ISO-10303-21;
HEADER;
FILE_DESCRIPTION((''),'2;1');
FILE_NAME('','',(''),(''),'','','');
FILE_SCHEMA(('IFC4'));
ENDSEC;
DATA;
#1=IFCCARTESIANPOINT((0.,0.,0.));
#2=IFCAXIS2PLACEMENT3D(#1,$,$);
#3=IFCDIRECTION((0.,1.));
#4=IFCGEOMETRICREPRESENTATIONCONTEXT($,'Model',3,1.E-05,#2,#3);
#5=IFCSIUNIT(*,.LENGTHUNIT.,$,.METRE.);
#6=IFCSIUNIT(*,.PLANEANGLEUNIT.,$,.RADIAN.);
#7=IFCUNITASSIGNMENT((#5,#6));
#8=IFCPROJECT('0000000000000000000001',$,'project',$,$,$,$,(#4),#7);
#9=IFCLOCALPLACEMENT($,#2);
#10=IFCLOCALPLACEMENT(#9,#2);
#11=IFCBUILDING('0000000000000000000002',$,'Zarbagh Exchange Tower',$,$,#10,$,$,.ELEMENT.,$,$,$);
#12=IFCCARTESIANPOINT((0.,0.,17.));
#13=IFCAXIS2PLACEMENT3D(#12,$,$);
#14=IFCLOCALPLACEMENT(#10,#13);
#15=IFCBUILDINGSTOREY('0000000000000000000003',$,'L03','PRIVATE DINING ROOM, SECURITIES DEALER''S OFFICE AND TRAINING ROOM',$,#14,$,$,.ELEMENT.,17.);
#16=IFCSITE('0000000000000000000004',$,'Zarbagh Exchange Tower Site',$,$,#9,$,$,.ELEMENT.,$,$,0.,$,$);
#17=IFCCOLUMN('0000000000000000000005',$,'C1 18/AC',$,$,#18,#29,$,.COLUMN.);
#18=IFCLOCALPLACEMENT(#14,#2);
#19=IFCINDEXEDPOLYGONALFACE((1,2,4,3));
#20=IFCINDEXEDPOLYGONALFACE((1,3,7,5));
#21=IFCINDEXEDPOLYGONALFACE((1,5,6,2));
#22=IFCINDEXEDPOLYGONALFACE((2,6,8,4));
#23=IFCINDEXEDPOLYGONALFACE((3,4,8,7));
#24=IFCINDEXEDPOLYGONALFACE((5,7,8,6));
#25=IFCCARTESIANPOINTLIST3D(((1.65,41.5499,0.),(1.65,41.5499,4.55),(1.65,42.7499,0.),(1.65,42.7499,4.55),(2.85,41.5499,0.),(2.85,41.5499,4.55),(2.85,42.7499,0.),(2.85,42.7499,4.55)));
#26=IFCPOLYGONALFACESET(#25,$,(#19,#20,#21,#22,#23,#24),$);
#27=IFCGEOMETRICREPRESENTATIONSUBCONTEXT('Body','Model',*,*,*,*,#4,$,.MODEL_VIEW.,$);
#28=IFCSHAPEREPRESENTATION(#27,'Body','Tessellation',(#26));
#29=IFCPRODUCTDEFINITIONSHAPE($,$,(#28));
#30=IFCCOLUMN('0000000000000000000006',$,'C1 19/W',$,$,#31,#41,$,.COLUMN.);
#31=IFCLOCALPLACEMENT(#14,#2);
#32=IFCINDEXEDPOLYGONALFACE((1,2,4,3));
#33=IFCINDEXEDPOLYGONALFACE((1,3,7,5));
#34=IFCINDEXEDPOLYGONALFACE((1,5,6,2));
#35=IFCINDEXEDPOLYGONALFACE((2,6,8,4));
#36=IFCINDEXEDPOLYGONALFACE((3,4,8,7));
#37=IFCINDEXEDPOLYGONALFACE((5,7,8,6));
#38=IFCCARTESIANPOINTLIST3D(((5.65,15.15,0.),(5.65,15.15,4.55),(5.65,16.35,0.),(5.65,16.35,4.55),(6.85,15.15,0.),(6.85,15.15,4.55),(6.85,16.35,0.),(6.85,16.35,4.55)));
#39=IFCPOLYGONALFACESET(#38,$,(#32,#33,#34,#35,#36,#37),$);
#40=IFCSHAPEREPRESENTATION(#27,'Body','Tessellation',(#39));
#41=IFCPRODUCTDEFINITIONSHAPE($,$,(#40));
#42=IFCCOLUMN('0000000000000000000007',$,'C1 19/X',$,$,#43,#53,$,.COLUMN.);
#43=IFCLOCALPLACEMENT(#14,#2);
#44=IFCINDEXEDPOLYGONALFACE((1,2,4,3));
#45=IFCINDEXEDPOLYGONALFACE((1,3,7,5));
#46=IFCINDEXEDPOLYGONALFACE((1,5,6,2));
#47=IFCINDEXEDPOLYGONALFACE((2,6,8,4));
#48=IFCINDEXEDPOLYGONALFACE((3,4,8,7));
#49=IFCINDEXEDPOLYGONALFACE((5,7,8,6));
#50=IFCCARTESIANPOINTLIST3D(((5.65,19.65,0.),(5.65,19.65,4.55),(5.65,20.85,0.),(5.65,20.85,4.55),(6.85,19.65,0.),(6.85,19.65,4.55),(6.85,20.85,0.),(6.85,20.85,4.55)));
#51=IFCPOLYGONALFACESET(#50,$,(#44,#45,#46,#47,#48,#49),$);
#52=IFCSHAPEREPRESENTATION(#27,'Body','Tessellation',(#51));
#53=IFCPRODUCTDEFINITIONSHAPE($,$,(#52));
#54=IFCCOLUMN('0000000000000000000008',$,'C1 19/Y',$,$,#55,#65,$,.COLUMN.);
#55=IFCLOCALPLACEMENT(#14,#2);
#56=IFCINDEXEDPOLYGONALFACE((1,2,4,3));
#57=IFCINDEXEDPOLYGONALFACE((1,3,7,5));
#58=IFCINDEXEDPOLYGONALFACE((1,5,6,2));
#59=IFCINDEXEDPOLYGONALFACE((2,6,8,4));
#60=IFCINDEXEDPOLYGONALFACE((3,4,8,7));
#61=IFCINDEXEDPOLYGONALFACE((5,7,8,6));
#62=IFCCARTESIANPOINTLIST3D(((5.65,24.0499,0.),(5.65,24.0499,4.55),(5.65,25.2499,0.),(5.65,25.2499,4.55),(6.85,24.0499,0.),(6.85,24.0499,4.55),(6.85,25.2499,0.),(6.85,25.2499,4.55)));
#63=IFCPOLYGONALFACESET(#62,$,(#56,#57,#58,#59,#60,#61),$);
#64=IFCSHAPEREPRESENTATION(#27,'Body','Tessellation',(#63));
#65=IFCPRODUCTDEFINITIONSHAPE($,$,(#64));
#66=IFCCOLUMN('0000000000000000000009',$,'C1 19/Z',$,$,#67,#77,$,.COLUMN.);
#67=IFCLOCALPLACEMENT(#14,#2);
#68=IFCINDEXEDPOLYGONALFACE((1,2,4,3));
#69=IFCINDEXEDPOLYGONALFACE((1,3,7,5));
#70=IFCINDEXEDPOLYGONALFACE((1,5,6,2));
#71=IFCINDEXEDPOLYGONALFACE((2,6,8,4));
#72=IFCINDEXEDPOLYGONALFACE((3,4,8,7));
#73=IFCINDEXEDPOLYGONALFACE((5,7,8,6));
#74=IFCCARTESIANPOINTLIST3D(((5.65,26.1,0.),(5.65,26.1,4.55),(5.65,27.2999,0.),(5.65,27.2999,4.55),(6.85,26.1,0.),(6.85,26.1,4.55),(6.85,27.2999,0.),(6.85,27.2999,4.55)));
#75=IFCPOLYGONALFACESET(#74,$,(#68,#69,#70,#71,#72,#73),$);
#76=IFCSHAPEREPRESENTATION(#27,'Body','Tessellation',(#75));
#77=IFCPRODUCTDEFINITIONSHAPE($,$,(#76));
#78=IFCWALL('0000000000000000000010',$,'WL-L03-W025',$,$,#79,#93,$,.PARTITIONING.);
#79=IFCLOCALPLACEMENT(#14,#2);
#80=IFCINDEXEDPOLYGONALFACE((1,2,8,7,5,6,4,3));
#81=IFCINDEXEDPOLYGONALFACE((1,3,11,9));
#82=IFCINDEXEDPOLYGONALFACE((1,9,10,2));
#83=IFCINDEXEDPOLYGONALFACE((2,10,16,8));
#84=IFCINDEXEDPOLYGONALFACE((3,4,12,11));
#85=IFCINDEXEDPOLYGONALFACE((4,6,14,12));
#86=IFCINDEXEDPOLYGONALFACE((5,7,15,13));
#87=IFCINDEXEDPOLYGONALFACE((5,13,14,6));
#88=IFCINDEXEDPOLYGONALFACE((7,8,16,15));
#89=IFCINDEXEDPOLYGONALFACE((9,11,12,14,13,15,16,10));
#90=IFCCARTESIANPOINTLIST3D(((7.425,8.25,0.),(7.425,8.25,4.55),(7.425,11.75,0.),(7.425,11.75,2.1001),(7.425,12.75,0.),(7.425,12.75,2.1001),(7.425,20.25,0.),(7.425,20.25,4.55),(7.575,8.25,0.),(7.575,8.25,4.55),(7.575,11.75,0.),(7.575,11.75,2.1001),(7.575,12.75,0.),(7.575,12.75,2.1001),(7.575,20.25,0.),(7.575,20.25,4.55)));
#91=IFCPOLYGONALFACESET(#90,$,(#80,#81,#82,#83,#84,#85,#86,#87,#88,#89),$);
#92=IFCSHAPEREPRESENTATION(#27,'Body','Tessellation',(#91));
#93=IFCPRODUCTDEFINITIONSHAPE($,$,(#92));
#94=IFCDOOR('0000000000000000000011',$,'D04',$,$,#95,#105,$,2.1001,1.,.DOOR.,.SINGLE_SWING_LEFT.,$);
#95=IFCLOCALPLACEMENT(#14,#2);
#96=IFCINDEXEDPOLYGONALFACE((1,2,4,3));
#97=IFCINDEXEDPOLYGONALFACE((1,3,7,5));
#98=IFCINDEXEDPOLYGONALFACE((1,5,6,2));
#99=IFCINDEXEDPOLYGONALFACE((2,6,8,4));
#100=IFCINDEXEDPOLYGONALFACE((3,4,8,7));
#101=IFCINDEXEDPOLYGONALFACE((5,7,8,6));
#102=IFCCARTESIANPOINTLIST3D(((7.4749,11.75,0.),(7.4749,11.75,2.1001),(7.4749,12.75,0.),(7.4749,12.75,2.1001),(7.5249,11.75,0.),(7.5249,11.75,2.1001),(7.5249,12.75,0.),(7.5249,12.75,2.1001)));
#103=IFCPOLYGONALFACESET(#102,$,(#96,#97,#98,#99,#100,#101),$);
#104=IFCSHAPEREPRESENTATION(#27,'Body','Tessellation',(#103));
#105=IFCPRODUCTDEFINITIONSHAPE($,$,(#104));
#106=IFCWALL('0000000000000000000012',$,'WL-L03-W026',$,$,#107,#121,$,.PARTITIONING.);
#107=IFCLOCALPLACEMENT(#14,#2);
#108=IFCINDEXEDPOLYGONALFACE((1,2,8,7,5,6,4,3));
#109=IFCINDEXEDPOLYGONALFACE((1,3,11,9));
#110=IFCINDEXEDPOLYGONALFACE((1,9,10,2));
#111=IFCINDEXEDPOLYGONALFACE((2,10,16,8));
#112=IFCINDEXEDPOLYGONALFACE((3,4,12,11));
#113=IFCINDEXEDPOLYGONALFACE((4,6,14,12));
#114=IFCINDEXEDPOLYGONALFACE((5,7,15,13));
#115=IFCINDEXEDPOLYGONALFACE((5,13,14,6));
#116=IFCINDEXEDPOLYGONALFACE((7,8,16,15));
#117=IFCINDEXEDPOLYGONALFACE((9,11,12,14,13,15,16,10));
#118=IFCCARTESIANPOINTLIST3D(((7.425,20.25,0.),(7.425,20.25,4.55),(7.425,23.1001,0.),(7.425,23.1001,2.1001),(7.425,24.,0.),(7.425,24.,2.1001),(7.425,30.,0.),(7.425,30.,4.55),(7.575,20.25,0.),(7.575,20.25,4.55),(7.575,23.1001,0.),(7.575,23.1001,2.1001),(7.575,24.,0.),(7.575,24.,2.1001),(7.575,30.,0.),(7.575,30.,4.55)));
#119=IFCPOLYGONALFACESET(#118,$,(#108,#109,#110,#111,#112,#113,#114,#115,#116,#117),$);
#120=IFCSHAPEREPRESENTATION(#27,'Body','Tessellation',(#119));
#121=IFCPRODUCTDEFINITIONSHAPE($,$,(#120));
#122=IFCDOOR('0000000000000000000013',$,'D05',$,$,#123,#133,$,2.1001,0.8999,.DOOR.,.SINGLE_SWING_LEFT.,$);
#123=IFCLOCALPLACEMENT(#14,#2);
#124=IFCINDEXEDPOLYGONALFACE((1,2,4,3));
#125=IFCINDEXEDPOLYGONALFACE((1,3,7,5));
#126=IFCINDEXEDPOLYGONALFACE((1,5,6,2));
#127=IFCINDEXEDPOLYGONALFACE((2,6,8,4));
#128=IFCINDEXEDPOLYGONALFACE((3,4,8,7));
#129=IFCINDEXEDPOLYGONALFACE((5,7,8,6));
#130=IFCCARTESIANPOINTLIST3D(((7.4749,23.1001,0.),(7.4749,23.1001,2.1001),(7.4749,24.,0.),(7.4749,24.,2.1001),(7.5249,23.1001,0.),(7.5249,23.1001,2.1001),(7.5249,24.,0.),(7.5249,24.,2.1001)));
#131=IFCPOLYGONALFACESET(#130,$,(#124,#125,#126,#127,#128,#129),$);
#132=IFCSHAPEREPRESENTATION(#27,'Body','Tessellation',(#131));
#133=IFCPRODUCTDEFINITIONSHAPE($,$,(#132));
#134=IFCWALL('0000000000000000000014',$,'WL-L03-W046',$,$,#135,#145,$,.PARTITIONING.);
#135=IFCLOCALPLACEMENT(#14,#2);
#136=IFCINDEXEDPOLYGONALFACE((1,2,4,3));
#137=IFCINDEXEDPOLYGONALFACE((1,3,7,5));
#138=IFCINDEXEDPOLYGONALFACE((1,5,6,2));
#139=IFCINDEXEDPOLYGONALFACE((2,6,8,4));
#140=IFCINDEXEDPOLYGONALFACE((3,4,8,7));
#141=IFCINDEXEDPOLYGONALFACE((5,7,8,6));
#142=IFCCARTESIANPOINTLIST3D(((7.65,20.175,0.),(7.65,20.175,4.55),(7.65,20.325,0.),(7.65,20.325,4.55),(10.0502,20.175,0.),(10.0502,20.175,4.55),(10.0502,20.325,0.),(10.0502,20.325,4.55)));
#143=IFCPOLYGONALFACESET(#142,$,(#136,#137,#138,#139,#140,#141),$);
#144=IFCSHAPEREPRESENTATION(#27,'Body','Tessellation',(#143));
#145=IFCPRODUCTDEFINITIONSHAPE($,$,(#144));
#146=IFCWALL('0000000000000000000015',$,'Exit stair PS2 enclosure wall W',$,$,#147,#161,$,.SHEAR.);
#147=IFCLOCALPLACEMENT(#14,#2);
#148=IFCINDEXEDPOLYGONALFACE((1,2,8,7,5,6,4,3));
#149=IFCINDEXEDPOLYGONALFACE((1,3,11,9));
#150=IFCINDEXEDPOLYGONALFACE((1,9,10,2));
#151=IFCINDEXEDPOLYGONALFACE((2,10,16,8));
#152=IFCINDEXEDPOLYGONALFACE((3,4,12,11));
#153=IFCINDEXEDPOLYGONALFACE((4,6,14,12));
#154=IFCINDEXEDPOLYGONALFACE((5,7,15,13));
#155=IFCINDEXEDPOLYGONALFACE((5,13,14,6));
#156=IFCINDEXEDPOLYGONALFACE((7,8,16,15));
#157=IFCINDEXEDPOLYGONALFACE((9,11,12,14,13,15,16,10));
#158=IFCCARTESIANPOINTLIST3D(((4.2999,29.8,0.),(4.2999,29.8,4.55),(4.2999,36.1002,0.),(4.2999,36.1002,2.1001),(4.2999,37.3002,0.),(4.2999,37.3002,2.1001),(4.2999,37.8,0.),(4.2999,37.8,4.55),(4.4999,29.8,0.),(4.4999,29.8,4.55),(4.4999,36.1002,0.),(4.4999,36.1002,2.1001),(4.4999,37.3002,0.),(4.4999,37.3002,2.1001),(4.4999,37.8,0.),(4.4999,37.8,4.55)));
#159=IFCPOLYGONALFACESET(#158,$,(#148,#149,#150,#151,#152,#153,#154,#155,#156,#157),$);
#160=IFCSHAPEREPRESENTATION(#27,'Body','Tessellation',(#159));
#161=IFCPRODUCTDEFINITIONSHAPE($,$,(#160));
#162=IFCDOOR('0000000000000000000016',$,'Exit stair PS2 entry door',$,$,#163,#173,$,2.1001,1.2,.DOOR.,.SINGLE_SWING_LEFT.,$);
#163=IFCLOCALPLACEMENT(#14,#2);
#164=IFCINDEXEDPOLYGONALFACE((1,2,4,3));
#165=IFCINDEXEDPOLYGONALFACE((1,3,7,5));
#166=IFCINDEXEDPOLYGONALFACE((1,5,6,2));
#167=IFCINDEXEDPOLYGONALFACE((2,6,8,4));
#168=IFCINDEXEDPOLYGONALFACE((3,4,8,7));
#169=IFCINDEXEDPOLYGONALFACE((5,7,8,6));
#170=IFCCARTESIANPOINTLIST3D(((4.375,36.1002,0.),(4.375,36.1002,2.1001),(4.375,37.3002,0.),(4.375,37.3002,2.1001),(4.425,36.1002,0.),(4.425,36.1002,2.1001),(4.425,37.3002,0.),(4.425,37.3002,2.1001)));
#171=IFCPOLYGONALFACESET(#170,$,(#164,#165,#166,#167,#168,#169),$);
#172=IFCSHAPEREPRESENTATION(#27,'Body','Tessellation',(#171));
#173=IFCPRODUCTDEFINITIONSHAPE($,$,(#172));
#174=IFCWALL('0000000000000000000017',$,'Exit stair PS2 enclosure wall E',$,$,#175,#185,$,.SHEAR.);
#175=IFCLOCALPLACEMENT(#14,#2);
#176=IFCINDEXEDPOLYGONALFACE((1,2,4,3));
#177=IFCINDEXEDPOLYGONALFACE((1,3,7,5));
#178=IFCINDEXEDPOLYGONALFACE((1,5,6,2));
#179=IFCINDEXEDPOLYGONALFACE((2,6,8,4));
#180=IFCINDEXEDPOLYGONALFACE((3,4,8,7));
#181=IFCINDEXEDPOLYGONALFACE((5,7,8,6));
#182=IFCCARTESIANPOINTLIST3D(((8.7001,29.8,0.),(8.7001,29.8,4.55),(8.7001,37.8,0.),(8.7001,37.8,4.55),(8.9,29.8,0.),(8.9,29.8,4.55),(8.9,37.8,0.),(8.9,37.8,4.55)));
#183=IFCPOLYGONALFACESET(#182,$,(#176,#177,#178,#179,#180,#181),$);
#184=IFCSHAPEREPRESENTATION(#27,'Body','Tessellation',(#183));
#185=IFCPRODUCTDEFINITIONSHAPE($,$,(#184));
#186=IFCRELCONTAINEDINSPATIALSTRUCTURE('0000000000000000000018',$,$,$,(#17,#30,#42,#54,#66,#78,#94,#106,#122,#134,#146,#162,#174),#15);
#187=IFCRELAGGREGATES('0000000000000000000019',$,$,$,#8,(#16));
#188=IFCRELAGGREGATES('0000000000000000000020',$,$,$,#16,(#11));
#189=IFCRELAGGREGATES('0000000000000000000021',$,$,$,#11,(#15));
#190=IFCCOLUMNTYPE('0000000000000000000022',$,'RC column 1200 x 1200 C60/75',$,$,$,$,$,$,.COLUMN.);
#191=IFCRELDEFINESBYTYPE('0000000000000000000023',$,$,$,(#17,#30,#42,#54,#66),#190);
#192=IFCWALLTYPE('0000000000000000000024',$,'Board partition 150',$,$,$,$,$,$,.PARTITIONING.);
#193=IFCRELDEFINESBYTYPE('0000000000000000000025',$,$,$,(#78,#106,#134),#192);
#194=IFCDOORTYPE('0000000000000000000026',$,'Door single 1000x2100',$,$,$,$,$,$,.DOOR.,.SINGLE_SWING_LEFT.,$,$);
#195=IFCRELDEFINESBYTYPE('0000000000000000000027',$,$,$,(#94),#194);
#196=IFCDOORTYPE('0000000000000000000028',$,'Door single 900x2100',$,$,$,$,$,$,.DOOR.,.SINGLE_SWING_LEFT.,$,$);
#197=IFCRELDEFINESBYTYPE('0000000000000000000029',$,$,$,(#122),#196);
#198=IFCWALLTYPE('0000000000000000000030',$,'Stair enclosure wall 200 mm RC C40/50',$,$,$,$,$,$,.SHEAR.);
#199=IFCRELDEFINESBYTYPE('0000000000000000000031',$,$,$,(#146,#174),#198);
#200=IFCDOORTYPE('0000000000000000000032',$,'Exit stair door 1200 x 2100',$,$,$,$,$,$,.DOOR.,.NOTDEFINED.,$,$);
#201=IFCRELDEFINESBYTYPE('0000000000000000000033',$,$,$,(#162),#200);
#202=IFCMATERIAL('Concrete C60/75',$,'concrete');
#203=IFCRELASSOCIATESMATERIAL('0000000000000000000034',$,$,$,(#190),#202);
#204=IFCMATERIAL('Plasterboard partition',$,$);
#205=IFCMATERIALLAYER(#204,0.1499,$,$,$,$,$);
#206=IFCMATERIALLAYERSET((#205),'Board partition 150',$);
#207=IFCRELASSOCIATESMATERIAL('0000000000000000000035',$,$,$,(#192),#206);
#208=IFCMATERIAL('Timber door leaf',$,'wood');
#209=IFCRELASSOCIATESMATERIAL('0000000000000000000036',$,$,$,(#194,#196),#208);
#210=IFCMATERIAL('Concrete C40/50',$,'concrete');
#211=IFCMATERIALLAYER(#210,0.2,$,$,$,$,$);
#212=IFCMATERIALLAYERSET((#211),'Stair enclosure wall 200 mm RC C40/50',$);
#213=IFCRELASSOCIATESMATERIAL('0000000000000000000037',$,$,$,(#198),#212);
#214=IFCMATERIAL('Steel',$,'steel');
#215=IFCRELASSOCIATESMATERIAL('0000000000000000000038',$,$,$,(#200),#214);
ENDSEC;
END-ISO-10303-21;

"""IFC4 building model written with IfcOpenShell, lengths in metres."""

from ifc_helpers import new_model, si_unit, direction, frame, frame_2d, origin, origin_2d, place, context, subcontext, project, spatial, rectangle, extrude, material, layer, layer_set, material_profile, profile_set, type_object, element, fill, save


model = new_model("IFC4")

# Units and contexts
model_context = context("Model", 3, precision=1e-05, world=origin(), true_north=direction((0.0, 1.0)))
body_context = subcontext(model_context, "Body", "Model", "MODEL_VIEW")
ifc_project = project(units=[si_unit("LENGTHUNIT", "METRE"), si_unit("PLANEANGLEUNIT", "RADIAN")], contexts=[model_context])

# Site, building, storey
site_placement = place(None, origin())
site = spatial("IfcSite", under=ifc_project, at=site_placement, Name="Zarbagh Exchange Tower Site", CompositionType="ELEMENT", RefElevation=0.0)
building_placement = place(site_placement, origin())
building = spatial("IfcBuilding", under=site, at=building_placement, Name="Zarbagh Exchange Tower", CompositionType="ELEMENT")
storey_placement = place(building_placement, frame((0.0, 0.0, 17.0)))
storey = spatial("IfcBuildingStorey", under=building, at=storey_placement, Name="L03", Description="PRIVATE DINING ROOM, SECURITIES DEALER'S OFFICE AND TRAINING ROOM", CompositionType="ELEMENT", Elevation=17.0)

# Columns
ifc_material_1 = material(Name="Concrete C60/75", Category="concrete")
ifc_material_profile = material_profile(ifc_material_1, rectangle(XDim=1.2, YDim=1.2, at=origin_2d()), Name="RC column 1200 x 1200 C60/75")
ifc_profile_set = profile_set([ifc_material_profile], Name="Concrete C60/75")
column_type = type_object("IfcColumnType", Name="RC column 1200 x 1200 C60/75", PredefinedType="COLUMN", material=ifc_profile_set)
for number, where, z_axis, x_axis, name in (
    (1, (2.25, 42.1499, 0.0), (0.0, 0.0, 1.0), (1.0, 0.0, 0.0), "C1 18/AC"),
    (2, (6.25, 15.75, 0.0), (0.0, 0.0, 1.0), (1.0, 0.0, 0.0), "C1 19/W"),
    (3, (6.25, 20.25, 0.0), (0.0, 0.0, 1.0), (1.0, 0.0, 0.0), "C1 19/X"),
    (4, (6.25, 24.6499, 0.0), (0.0, 0.0, 1.0), (1.0, 0.0, 0.0), "C1 19/Y"),
    (5, (6.25, 26.7, 0.0), (0.0, 0.0, 1.0), (1.0, 0.0, 0.0), "C1 19/Z"),
):
    element("IfcColumn", number, at=place(storey_placement, frame(where, z_axis=z_axis, x_axis=x_axis)), inside=storey, type_object=column_type, Name=name, PredefinedType="COLUMN", context=body_context, shape_type="SweptSolid", body=[
        extrude(rectangle(XDim=1.2, YDim=1.2, at=origin_2d()), origin(), (0.0, 0.0, 1.0), 4.55),
    ])

# Walls, openings, doors
ifc_material_2 = material(Name="Plasterboard partition")
ifc_layer_1 = layer(ifc_material_2, 0.1499)
ifc_layer_set_1 = layer_set([ifc_layer_1], Name="Board partition 150")
wall_type_1 = type_object("IfcWallType", Name="Board partition 150", PredefinedType="PARTITIONING", material=ifc_layer_set_1)
wall_1_placement = place(storey_placement, frame((7.5, 20.25, 0.0), z_axis=(0.0, 0.0, 1.0), x_axis=(0.0, -1.0, 0.0)))
wall_1 = element("IfcWall", 6, at=wall_1_placement, inside=storey, type_object=wall_type_1, Name="WL-L03-W025", PredefinedType="PARTITIONING", context=body_context, shape_type="SweptSolid", body=[
    extrude(rectangle(XDim=12.0, YDim=0.1499, at=frame_2d((6.0, 0.0))), origin(), (0.0, 0.0, 1.0), 4.55),
])
opening_1_placement = place(wall_1_placement, frame((7.5, 0.0, 0.0)))
opening_1 = element("IfcOpeningElement", 7, at=opening_1_placement, cuts=wall_1, PredefinedType="OPENING", context=body_context, shape_type="SweptSolid", body=[
    extrude(rectangle(XDim=1.0, YDim=2.1001, at=frame_2d((0.5, 1.05))), frame((0.0, 0.085, 0.0), z_axis=(0.0, -1.0, 0.0), x_axis=(1.0, 0.0, 0.0)), (0.0, 0.0, 1.0), 0.1699),
])
ifc_material_3 = material(Name="Timber door leaf", Category="wood")
door_type_1 = type_object("IfcDoorType", Name="Door single 1000x2100", OperationType="SINGLE_SWING_LEFT", PredefinedType="DOOR", material=ifc_material_3)
door_1_placement = place(opening_1_placement, origin())
door_1 = element("IfcDoor", 8, at=door_1_placement, inside=storey, type_object=door_type_1, Name="D04", OperationType="SINGLE_SWING_LEFT", OverallHeight=2.1001, OverallWidth=1.0, PredefinedType="DOOR", context=body_context, shape_type="SweptSolid", body=[
    extrude(rectangle(XDim=1.0, YDim=2.1001, at=frame_2d((0.5, 1.05))), frame((0.0, 0.0249, 0.0), z_axis=(0.0, -1.0, 0.0), x_axis=(1.0, 0.0, 0.0)), (0.0, 0.0, 1.0), 0.05),
])
fill(opening_1, door_1)
wall_2_placement = place(storey_placement, frame((7.5, 30.0, 0.0), z_axis=(0.0, 0.0, 1.0), x_axis=(0.0, -1.0, 0.0)))
wall_2 = element("IfcWall", 9, at=wall_2_placement, inside=storey, type_object=wall_type_1, Name="WL-L03-W026", PredefinedType="PARTITIONING", context=body_context, shape_type="SweptSolid", body=[
    extrude(rectangle(XDim=9.75, YDim=0.1499, at=frame_2d((4.875, 0.0))), origin(), (0.0, 0.0, 1.0), 4.55),
])
opening_2_placement = place(wall_2_placement, frame((6.0, 0.0, 0.0)))
opening_2 = element("IfcOpeningElement", 10, at=opening_2_placement, cuts=wall_2, PredefinedType="OPENING", context=body_context, shape_type="SweptSolid", body=[
    extrude(rectangle(XDim=0.8999, YDim=2.1001, at=frame_2d((0.45, 1.05))), frame((0.0, 0.085, 0.0), z_axis=(0.0, -1.0, 0.0), x_axis=(1.0, 0.0, 0.0)), (0.0, 0.0, 1.0), 0.1699),
])
door_type_2 = type_object("IfcDoorType", Name="Door single 900x2100", OperationType="SINGLE_SWING_LEFT", PredefinedType="DOOR", material=ifc_material_3)
door_2_placement = place(opening_2_placement, origin())
door_2 = element("IfcDoor", 11, at=door_2_placement, inside=storey, type_object=door_type_2, Name="D05", OperationType="SINGLE_SWING_LEFT", OverallHeight=2.1001, OverallWidth=0.8999, PredefinedType="DOOR", context=body_context, shape_type="SweptSolid", body=[
    extrude(rectangle(XDim=0.8999, YDim=2.1001, at=frame_2d((0.45, 1.05))), frame((0.0, 0.0249, 0.0), z_axis=(0.0, -1.0, 0.0), x_axis=(1.0, 0.0, 0.0)), (0.0, 0.0, 1.0), 0.05),
])
fill(opening_2, door_2)

# Wall
wall_3_placement = place(storey_placement, frame((7.6499, 20.25, 0.0), z_axis=(0.0, 0.0, 1.0), x_axis=(1.0, 0.0, 0.0)))
element("IfcWall", 12, at=wall_3_placement, inside=storey, type_object=wall_type_1, Name="WL-L03-W046", PredefinedType="PARTITIONING", context=body_context, shape_type="SweptSolid", body=[
    extrude(rectangle(XDim=2.4001, YDim=0.1499, at=frame_2d((1.2002, 0.0))), origin(), (0.0, 0.0, 1.0), 4.55),
])

# Wall, opening, door
ifc_material_4 = material(Name="Concrete C40/50", Category="concrete")
ifc_layer_2 = layer(ifc_material_4, 0.2)
ifc_layer_set_2 = layer_set([ifc_layer_2], Name="Stair enclosure wall 200 mm RC C40/50")
wall_type_2 = type_object("IfcWallType", Name="Stair enclosure wall 200 mm RC C40/50", PredefinedType="SHEAR", material=ifc_layer_set_2)
wall_4_placement = place(storey_placement, frame((4.3999, 29.8, 0.0), z_axis=(0.0, 0.0, 1.0), x_axis=(0.0, 1.0, 0.0)))
wall_4 = element("IfcWall", 13, at=wall_4_placement, inside=storey, type_object=wall_type_2, Name="Exit stair PS2 enclosure wall W", PredefinedType="SHEAR", context=body_context, shape_type="SweptSolid", body=[
    extrude(rectangle(XDim=8.0, YDim=0.2, at=frame_2d((4.0, 0.0))), origin(), (0.0, 0.0, 1.0), 4.55),
])
opening_3_placement = place(wall_4_placement, frame((6.3, 0.0, 0.0)))
opening_3 = element("IfcOpeningElement", 14, at=opening_3_placement, cuts=wall_4, PredefinedType="OPENING", context=body_context, shape_type="SweptSolid", body=[
    extrude(rectangle(XDim=1.2, YDim=2.1001, at=frame_2d((0.6001, 1.05))), frame((0.0, 0.1099, 0.0), z_axis=(0.0, -1.0, 0.0), x_axis=(1.0, 0.0, 0.0)), (0.0, 0.0, 1.0), 0.22),
])
ifc_material_5 = material(Name="Steel", Category="steel")
door_type_3 = type_object("IfcDoorType", Name="Exit stair door 1200 x 2100", OperationType="NOTDEFINED", PredefinedType="DOOR", material=ifc_material_5)
door_3_placement = place(opening_3_placement, origin())
door_3 = element("IfcDoor", 15, at=door_3_placement, inside=storey, type_object=door_type_3, Name="Exit stair PS2 entry door", OperationType="SINGLE_SWING_LEFT", OverallHeight=2.1001, OverallWidth=1.2, PredefinedType="DOOR", context=body_context, shape_type="SweptSolid", body=[
    extrude(rectangle(XDim=1.2, YDim=2.1001, at=frame_2d((0.6001, 1.05))), frame((0.0, 0.0249, 0.0), z_axis=(0.0, -1.0, 0.0), x_axis=(1.0, 0.0, 0.0)), (0.0, 0.0, 1.0), 0.05),
])
fill(opening_3, door_3)

# Wall
wall_5_placement = place(storey_placement, frame((8.8, 29.8, 0.0), z_axis=(0.0, 0.0, 1.0), x_axis=(0.0, 1.0, 0.0)))
element("IfcWall", 16, at=wall_5_placement, inside=storey, type_object=wall_type_2, Name="Exit stair PS2 enclosure wall E", PredefinedType="SHEAR", context=body_context, shape_type="SweptSolid", body=[
    extrude(rectangle(XDim=8.0, YDim=0.2, at=frame_2d((4.0, 0.0))), origin(), (0.0, 0.0, 1.0), 4.55),
])

save(model, "model.ifc")
